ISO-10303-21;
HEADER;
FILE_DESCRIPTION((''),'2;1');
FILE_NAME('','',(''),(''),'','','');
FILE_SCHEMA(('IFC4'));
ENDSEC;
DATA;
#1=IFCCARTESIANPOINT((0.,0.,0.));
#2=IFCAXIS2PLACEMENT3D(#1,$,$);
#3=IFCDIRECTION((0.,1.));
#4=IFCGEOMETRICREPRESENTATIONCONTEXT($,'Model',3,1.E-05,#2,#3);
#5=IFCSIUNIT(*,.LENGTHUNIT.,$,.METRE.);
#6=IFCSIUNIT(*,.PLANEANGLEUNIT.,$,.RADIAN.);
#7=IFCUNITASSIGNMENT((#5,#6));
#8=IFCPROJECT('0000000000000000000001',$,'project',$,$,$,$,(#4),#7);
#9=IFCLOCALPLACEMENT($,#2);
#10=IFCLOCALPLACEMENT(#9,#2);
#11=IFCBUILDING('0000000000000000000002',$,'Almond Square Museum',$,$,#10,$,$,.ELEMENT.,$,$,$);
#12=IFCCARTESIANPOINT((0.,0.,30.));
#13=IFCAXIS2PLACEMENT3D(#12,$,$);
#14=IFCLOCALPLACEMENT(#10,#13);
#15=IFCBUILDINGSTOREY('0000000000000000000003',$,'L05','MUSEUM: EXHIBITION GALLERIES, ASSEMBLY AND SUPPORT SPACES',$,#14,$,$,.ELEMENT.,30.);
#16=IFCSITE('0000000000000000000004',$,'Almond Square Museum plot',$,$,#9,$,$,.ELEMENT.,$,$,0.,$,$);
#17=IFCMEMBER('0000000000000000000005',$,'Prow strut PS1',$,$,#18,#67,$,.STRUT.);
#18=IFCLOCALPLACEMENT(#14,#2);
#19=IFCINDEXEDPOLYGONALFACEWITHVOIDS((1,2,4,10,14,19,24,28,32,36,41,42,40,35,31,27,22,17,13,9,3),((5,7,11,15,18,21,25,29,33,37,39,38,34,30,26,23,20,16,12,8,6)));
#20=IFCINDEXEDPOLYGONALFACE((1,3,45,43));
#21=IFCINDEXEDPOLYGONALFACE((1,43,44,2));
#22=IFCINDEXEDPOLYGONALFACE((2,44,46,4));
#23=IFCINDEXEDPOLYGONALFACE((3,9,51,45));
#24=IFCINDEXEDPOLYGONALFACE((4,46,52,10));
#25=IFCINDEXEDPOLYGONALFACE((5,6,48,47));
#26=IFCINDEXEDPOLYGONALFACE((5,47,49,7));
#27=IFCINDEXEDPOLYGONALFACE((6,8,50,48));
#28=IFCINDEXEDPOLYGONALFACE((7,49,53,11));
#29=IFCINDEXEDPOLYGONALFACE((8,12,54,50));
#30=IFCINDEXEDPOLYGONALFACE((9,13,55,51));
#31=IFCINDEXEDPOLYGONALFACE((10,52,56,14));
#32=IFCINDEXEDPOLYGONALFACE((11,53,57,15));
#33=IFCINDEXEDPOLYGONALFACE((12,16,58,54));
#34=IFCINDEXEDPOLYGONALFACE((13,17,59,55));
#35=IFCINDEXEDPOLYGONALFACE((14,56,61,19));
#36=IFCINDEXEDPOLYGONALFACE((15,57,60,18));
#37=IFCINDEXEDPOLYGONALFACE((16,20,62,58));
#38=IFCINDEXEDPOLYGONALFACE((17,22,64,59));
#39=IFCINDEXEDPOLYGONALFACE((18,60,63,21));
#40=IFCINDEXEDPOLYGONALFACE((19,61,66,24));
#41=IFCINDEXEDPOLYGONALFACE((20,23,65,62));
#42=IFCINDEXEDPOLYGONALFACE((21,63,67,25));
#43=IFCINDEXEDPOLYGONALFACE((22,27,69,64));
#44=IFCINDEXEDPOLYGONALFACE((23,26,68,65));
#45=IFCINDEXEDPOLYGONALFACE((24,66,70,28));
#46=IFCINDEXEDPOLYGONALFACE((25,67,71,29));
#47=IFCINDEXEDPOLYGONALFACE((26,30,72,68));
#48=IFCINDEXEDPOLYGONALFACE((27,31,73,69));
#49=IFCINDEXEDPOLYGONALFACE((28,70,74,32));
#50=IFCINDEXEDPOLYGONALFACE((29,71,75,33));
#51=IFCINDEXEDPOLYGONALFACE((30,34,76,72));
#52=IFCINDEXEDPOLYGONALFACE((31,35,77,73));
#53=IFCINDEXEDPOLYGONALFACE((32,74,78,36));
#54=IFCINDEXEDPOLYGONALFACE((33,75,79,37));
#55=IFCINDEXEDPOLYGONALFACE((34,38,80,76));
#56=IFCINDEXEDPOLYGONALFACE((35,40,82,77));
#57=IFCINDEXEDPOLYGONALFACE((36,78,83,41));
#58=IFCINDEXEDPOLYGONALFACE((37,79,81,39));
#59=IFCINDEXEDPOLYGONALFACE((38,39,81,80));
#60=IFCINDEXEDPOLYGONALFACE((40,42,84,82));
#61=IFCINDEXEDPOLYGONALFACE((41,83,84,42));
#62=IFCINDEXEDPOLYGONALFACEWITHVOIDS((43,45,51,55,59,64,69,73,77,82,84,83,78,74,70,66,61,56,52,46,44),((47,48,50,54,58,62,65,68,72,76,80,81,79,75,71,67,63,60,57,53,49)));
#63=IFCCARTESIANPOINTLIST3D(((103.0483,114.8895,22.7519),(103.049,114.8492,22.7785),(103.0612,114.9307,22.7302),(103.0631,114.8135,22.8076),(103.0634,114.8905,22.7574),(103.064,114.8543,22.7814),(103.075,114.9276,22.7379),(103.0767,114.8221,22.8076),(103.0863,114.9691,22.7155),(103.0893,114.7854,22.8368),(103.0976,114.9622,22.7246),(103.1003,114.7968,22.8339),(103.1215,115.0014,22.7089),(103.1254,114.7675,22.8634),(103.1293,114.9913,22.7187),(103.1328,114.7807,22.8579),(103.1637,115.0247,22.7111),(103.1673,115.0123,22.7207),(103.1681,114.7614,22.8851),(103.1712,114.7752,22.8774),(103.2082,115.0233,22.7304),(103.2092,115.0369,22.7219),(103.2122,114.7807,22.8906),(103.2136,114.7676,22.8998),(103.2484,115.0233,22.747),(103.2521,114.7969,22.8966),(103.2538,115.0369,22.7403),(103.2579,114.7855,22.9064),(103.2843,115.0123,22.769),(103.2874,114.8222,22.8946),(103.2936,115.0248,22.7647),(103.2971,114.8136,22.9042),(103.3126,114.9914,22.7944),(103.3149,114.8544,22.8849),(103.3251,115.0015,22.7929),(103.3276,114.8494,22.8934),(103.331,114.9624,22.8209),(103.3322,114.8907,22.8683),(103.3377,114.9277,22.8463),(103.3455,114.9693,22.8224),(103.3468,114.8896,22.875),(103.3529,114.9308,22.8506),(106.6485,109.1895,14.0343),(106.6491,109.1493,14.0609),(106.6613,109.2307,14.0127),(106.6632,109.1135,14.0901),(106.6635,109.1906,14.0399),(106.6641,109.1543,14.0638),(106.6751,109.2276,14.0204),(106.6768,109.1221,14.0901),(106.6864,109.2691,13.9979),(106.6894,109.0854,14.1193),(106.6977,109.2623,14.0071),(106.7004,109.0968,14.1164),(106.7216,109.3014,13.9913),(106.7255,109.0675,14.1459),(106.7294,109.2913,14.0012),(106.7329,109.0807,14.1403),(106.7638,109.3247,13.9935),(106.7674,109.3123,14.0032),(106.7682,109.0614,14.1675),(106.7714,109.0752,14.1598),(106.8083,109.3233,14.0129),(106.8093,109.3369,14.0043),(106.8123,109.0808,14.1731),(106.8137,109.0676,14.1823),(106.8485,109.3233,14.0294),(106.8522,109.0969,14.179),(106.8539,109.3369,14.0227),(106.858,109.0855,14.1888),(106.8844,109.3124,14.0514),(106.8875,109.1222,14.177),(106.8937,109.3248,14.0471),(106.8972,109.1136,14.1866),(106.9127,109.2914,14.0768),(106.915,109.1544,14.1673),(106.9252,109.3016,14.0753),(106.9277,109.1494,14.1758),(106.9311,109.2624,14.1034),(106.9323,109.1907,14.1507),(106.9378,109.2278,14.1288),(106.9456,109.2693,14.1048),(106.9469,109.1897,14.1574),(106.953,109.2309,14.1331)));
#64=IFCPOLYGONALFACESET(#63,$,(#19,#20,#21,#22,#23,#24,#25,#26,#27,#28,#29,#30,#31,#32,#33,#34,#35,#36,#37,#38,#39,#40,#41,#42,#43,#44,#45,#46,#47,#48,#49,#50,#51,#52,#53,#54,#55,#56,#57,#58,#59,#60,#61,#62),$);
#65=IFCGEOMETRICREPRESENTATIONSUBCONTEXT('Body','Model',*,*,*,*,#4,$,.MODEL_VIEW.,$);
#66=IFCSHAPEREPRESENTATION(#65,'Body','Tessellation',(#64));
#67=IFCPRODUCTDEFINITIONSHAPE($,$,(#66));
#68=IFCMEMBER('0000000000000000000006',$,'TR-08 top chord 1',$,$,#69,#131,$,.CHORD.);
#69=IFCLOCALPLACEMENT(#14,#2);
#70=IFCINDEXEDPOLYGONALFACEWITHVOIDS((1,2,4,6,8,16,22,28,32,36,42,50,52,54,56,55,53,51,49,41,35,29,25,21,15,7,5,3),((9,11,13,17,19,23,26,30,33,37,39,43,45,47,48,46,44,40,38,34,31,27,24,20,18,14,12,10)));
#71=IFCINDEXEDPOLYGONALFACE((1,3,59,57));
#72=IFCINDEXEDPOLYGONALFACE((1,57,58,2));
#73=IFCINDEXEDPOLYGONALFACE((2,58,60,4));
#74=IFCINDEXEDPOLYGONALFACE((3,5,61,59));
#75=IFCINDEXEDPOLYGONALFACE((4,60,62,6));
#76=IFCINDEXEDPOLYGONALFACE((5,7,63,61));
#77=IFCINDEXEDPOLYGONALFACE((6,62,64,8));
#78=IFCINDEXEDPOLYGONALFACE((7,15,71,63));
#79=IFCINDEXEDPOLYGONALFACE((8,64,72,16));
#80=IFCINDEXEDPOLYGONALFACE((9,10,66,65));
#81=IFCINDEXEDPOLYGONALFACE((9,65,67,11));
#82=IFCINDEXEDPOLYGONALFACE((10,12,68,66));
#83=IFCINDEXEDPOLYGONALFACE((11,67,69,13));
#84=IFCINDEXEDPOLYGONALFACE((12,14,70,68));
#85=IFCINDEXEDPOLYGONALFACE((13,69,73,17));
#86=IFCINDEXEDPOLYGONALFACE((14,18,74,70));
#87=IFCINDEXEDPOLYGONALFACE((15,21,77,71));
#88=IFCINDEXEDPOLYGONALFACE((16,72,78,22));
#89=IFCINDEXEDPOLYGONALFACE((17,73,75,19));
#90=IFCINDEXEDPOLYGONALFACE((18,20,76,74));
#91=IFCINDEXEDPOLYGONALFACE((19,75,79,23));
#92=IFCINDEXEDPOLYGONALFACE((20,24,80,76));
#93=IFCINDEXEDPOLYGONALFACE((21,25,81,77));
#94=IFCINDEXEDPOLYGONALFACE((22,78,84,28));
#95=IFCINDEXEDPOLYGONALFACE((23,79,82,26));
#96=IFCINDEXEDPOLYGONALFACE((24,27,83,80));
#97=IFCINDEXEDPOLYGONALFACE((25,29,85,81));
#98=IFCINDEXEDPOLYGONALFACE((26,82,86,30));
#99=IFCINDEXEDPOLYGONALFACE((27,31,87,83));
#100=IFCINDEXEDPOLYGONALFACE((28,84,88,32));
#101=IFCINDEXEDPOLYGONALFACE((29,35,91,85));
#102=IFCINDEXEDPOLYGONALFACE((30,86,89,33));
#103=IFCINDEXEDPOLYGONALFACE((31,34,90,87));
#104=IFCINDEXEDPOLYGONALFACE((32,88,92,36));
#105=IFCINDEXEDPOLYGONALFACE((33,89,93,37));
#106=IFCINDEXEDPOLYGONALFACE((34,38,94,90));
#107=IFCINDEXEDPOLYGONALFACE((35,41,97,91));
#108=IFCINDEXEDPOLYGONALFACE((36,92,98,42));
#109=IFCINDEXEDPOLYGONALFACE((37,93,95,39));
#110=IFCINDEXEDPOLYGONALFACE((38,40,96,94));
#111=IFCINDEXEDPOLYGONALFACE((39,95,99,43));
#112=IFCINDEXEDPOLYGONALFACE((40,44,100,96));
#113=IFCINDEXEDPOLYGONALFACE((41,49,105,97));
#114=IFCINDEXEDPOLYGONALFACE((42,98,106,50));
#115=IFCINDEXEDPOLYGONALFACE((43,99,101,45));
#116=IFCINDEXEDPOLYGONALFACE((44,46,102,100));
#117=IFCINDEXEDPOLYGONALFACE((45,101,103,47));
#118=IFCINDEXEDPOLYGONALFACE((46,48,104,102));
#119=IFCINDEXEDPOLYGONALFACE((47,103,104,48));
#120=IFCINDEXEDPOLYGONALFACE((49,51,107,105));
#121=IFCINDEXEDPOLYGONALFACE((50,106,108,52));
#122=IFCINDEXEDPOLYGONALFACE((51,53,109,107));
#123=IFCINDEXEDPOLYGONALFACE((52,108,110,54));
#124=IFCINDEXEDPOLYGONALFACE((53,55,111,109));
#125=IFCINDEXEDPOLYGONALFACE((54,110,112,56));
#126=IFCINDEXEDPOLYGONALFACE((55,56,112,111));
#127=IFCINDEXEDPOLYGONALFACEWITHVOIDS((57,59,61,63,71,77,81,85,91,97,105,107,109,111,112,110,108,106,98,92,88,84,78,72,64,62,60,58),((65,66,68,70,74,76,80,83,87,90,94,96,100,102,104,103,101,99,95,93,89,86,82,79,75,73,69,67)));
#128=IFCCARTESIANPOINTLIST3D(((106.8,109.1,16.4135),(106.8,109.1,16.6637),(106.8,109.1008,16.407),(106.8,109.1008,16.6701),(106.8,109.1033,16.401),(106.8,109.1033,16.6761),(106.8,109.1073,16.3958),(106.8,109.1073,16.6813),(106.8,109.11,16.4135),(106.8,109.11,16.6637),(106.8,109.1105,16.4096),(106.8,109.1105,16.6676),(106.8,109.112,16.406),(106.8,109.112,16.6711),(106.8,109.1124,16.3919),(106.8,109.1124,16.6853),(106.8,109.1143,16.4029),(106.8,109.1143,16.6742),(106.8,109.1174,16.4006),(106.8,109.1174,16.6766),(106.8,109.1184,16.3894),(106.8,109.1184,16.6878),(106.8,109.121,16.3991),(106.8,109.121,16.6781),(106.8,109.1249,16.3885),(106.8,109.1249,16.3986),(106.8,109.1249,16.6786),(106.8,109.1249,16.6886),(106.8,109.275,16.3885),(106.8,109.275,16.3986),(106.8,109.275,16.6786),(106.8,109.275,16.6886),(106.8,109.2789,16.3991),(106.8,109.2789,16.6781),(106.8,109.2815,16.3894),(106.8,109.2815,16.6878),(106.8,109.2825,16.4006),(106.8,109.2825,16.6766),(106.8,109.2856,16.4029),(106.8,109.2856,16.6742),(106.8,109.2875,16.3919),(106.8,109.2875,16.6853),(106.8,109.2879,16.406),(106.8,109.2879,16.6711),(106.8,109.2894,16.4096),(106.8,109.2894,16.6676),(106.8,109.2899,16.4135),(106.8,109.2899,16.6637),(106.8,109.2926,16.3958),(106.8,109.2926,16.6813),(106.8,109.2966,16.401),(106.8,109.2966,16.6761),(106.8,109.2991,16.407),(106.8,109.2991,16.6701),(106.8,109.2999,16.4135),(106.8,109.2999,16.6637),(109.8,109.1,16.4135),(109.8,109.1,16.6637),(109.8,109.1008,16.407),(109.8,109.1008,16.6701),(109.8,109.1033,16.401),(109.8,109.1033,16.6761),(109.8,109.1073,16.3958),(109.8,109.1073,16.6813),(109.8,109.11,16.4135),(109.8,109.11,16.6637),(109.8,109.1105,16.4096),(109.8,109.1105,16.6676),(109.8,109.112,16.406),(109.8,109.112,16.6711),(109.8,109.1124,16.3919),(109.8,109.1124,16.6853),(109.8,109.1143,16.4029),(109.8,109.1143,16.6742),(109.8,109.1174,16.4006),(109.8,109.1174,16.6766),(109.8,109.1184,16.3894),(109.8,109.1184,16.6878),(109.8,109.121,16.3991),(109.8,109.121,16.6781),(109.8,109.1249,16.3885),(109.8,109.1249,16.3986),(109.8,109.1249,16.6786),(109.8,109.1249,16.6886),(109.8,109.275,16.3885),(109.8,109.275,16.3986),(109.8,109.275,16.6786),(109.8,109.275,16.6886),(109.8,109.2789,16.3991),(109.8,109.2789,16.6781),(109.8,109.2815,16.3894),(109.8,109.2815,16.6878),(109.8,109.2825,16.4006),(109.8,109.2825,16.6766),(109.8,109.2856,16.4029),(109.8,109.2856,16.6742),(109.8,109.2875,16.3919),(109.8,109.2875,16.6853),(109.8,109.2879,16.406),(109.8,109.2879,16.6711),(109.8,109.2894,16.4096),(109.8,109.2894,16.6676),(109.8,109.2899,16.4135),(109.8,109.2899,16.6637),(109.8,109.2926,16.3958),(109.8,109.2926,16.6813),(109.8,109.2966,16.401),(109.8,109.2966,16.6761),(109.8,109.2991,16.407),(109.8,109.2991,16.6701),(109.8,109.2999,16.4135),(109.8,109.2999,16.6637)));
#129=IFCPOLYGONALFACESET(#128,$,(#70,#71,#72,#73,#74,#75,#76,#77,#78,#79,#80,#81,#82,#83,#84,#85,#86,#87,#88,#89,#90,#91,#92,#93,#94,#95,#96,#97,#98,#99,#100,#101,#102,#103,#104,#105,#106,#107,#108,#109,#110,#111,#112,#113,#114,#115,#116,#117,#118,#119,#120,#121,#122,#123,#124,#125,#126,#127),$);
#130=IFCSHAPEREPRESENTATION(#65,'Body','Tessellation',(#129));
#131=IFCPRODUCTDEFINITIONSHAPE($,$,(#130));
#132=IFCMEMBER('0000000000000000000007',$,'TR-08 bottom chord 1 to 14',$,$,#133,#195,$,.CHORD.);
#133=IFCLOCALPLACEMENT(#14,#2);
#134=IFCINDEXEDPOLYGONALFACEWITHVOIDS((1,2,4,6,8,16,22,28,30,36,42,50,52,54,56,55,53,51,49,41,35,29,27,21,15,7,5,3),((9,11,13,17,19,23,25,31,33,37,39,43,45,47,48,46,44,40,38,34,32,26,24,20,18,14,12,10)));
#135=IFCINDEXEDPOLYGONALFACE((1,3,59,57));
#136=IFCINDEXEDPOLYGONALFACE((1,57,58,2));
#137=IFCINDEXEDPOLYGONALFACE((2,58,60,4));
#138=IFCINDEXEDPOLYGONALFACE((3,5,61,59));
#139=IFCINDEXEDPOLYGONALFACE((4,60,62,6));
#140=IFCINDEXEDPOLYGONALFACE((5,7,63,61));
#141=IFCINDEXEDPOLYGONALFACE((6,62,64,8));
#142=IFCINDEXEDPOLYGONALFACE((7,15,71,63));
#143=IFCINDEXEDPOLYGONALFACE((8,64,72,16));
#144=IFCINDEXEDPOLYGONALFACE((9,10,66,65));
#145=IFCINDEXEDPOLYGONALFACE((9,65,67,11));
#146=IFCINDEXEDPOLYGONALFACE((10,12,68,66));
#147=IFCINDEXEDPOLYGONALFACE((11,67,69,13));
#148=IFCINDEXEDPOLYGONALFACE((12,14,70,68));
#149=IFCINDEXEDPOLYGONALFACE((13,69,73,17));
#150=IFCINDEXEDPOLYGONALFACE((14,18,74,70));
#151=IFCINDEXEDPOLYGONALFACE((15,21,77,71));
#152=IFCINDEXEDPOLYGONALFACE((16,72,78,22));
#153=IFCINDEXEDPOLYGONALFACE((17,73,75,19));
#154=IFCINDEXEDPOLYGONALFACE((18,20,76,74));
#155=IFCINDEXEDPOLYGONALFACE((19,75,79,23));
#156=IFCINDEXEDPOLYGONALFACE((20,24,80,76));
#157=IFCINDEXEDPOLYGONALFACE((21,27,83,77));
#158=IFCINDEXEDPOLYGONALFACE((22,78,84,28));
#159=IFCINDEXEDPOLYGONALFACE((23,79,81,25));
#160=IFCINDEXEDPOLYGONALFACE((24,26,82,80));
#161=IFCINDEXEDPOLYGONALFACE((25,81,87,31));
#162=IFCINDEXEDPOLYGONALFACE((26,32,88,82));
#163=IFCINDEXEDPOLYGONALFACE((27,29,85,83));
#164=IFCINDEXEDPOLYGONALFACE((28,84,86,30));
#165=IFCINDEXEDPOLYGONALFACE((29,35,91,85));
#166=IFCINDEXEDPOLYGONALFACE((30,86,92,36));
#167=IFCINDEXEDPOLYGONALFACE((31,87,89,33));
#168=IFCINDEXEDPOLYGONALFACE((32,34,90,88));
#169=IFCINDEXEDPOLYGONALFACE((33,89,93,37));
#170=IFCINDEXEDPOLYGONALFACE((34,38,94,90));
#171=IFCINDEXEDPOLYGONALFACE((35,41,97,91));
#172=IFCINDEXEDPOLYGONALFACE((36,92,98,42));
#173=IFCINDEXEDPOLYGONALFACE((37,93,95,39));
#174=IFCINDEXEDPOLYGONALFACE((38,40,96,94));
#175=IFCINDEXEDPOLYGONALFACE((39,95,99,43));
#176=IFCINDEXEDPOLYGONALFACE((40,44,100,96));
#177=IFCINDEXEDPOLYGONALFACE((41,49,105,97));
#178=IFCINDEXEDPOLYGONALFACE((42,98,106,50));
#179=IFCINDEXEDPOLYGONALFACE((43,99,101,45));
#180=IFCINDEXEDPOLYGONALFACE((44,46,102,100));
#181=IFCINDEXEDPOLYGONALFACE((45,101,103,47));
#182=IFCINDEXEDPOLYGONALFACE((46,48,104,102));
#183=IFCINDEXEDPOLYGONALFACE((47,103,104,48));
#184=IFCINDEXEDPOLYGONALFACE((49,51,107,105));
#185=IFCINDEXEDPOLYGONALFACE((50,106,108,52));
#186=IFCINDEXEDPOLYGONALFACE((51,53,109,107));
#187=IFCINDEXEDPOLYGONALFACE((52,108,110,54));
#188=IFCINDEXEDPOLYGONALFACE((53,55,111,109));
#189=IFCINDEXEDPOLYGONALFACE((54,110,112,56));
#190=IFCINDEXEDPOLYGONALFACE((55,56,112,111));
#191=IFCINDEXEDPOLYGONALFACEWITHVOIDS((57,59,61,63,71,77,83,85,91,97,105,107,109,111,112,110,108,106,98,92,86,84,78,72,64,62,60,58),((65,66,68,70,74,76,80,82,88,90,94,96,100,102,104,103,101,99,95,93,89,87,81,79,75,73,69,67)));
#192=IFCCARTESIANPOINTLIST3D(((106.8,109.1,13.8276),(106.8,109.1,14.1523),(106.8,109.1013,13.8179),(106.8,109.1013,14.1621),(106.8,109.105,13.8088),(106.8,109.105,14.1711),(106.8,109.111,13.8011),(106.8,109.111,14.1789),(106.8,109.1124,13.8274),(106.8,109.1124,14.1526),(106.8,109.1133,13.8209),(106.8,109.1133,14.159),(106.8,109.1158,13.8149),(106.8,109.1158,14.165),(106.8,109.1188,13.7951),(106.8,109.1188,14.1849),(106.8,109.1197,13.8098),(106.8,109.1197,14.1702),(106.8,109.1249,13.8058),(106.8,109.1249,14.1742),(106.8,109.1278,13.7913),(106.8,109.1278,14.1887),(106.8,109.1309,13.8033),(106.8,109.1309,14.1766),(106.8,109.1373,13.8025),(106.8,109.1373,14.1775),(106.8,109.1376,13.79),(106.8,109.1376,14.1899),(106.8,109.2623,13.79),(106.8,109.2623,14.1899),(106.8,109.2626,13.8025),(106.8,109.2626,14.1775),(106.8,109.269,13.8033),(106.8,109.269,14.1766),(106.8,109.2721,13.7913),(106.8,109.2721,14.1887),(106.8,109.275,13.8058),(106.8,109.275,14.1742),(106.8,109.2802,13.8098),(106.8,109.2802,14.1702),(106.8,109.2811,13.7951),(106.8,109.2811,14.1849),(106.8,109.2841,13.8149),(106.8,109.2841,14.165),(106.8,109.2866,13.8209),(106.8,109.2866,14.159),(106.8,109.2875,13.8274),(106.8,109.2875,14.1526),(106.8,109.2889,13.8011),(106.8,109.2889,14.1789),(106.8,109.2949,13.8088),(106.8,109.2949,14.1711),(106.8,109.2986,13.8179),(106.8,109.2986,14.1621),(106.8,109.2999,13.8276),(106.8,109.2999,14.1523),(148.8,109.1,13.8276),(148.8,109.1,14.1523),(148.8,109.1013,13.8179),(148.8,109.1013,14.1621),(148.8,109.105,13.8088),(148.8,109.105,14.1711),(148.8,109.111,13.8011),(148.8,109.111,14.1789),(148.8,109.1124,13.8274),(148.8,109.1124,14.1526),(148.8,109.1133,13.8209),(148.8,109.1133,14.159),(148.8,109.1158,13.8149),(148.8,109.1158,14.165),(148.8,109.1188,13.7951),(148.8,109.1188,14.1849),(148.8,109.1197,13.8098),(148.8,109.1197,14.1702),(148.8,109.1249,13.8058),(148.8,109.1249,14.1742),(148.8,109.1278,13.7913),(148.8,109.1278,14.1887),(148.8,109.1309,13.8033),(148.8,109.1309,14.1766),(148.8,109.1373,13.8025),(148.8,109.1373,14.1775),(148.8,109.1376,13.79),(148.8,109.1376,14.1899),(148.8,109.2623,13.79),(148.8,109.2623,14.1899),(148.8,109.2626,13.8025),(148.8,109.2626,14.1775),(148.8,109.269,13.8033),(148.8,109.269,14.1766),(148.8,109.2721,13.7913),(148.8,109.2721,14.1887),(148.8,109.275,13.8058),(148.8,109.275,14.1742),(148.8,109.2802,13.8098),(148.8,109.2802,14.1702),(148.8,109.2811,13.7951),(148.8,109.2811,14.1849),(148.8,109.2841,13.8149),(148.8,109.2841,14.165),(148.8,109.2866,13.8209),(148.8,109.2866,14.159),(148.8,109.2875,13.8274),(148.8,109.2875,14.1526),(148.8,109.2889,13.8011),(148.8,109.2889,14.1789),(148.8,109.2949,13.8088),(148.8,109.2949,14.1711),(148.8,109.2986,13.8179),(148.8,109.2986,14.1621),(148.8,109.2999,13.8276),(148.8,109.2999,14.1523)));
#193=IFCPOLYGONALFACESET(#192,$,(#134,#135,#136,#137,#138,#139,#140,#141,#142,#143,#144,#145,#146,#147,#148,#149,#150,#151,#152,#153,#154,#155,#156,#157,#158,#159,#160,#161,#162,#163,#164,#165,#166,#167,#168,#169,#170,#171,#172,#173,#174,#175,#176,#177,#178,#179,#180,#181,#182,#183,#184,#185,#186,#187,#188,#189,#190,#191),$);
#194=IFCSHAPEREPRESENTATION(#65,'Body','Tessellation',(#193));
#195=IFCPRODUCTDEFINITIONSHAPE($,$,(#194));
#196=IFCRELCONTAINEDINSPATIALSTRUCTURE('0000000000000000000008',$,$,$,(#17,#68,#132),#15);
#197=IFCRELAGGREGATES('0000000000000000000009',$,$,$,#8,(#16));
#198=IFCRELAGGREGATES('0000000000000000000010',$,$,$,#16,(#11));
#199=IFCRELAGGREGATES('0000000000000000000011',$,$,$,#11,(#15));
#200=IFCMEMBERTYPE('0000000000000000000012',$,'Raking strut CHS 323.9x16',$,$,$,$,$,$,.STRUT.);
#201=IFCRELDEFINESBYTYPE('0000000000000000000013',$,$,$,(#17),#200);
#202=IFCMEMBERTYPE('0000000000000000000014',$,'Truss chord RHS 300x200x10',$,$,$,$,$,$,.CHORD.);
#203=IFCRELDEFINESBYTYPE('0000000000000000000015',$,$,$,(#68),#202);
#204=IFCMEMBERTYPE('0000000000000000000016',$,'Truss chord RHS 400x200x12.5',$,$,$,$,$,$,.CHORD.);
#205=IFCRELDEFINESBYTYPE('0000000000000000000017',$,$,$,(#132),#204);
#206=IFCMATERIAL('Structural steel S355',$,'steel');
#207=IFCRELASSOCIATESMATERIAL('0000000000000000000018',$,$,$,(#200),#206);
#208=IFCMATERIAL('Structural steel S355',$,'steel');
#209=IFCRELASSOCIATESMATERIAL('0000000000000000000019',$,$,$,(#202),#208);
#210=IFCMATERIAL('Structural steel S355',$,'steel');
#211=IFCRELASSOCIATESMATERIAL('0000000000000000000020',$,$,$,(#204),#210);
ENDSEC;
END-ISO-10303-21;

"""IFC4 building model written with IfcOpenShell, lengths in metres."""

from ifc_helpers import new_model, si_unit, direction, frame, origin, origin_2d, place, context, subcontext, project, spatial, hollow_rectangle, hollow_circle, extrude, material, material_profile, profile_set, type_object, element, save


model = new_model("IFC4")

# Units and contexts
model_context = context("Model", 3, precision=1e-05, world=origin(), true_north=direction((0.0, 1.0)))
body_context = subcontext(model_context, "Body", "Model", "MODEL_VIEW")
ifc_project = project(units=[si_unit("LENGTHUNIT", "METRE"), si_unit("PLANEANGLEUNIT", "RADIAN")], contexts=[model_context])

# Site, building, storey
site_placement = place(None, origin())
site = spatial("IfcSite", under=ifc_project, at=site_placement, Name="Almond Square Museum plot", CompositionType="ELEMENT", RefElevation=0.0)
building_placement = place(site_placement, origin())
building = spatial("IfcBuilding", under=site, at=building_placement, Name="Almond Square Museum", CompositionType="ELEMENT")
storey_placement = place(building_placement, frame((0.0, 0.0, 30.0)))
storey = spatial("IfcBuildingStorey", under=building, at=storey_placement, Name="L05", Description="MUSEUM: EXHIBITION GALLERIES, ASSEMBLY AND SUPPORT SPACES", CompositionType="ELEMENT", Elevation=30.0)

# Members
ifc_material_1 = material(Name="Structural steel S355", Category="steel")
ifc_material_profile_1 = material_profile(ifc_material_1, hollow_circle(Radius=0.1619, WallThickness=0.0161, at=origin_2d()))
ifc_profile_set_1 = profile_set([ifc_material_profile_1], Name="Structural steel S355")
member_type_1 = type_object("IfcMemberType", Name="Raking strut CHS 323.9x16", PredefinedType="STRUT", material=ifc_profile_set_1)
member_1_placement = place(storey_placement, frame((106.8, 109.2, 14.0901), z_axis=(-0.326681, 0.517226, 0.791048), x_axis=(-0.84548, -0.534007, 0.0)))
element("IfcMember", 1, at=member_1_placement, inside=storey, type_object=member_type_1, Name="Prow strut PS1", PredefinedType="STRUT", context=body_context, shape_type="SweptSolid", body=[
    extrude(hollow_circle(Radius=0.1619, WallThickness=0.0161, at=origin_2d()), origin(), (0.0, 0.0, 1.0), 11.0203),
])
ifc_material_2 = material(Name="Structural steel S355", Category="steel")
ifc_material_profile_2 = material_profile(ifc_material_2, hollow_rectangle(XDim=0.2, YDim=0.3, WallThickness=0.01, InnerFilletRadius=0.0149, OuterFilletRadius=0.0249, at=origin_2d()))
ifc_profile_set_2 = profile_set([ifc_material_profile_2], Name="Structural steel S355")
member_type_2 = type_object("IfcMemberType", Name="Truss chord RHS 300x200x10", PredefinedType="CHORD", material=ifc_profile_set_2)
member_2_placement = place(storey_placement, frame((106.8, 109.2, 16.5386), z_axis=(1.0, 0.0, 0.0), x_axis=(0.0, 1.0, 0.0)))
element("IfcMember", 2, at=member_2_placement, inside=storey, type_object=member_type_2, Name="TR-08 top chord 1", PredefinedType="CHORD", context=body_context, shape_type="SweptSolid", body=[
    extrude(hollow_rectangle(XDim=0.2, YDim=0.3, WallThickness=0.01, InnerFilletRadius=0.0149, OuterFilletRadius=0.0249, at=origin_2d()), origin(), (0.0, 0.0, 1.0), 3.0),
])
ifc_material_3 = material(Name="Structural steel S355", Category="steel")
ifc_material_profile_3 = material_profile(ifc_material_3, hollow_rectangle(XDim=0.2, YDim=0.3999, WallThickness=0.0125, InnerFilletRadius=0.0249, OuterFilletRadius=0.0376, at=origin_2d()))
ifc_profile_set_3 = profile_set([ifc_material_profile_3], Name="Structural steel S355")
member_type_3 = type_object("IfcMemberType", Name="Truss chord RHS 400x200x12.5", PredefinedType="CHORD", material=ifc_profile_set_3)
member_3_placement = place(storey_placement, frame((106.8, 109.2, 13.99), z_axis=(1.0, 0.0, 0.0), x_axis=(0.0, 1.0, 0.0)))
element("IfcMember", 3, at=member_3_placement, inside=storey, type_object=member_type_3, Name="TR-08 bottom chord 1 to 14", PredefinedType="CHORD", context=body_context, shape_type="SweptSolid", body=[
    extrude(hollow_rectangle(XDim=0.2, YDim=0.3999, WallThickness=0.0125, InnerFilletRadius=0.0249, OuterFilletRadius=0.0376, at=origin_2d()), origin(), (0.0, 0.0, 1.0), 42.0),
])

save(model, "model.ifc")
